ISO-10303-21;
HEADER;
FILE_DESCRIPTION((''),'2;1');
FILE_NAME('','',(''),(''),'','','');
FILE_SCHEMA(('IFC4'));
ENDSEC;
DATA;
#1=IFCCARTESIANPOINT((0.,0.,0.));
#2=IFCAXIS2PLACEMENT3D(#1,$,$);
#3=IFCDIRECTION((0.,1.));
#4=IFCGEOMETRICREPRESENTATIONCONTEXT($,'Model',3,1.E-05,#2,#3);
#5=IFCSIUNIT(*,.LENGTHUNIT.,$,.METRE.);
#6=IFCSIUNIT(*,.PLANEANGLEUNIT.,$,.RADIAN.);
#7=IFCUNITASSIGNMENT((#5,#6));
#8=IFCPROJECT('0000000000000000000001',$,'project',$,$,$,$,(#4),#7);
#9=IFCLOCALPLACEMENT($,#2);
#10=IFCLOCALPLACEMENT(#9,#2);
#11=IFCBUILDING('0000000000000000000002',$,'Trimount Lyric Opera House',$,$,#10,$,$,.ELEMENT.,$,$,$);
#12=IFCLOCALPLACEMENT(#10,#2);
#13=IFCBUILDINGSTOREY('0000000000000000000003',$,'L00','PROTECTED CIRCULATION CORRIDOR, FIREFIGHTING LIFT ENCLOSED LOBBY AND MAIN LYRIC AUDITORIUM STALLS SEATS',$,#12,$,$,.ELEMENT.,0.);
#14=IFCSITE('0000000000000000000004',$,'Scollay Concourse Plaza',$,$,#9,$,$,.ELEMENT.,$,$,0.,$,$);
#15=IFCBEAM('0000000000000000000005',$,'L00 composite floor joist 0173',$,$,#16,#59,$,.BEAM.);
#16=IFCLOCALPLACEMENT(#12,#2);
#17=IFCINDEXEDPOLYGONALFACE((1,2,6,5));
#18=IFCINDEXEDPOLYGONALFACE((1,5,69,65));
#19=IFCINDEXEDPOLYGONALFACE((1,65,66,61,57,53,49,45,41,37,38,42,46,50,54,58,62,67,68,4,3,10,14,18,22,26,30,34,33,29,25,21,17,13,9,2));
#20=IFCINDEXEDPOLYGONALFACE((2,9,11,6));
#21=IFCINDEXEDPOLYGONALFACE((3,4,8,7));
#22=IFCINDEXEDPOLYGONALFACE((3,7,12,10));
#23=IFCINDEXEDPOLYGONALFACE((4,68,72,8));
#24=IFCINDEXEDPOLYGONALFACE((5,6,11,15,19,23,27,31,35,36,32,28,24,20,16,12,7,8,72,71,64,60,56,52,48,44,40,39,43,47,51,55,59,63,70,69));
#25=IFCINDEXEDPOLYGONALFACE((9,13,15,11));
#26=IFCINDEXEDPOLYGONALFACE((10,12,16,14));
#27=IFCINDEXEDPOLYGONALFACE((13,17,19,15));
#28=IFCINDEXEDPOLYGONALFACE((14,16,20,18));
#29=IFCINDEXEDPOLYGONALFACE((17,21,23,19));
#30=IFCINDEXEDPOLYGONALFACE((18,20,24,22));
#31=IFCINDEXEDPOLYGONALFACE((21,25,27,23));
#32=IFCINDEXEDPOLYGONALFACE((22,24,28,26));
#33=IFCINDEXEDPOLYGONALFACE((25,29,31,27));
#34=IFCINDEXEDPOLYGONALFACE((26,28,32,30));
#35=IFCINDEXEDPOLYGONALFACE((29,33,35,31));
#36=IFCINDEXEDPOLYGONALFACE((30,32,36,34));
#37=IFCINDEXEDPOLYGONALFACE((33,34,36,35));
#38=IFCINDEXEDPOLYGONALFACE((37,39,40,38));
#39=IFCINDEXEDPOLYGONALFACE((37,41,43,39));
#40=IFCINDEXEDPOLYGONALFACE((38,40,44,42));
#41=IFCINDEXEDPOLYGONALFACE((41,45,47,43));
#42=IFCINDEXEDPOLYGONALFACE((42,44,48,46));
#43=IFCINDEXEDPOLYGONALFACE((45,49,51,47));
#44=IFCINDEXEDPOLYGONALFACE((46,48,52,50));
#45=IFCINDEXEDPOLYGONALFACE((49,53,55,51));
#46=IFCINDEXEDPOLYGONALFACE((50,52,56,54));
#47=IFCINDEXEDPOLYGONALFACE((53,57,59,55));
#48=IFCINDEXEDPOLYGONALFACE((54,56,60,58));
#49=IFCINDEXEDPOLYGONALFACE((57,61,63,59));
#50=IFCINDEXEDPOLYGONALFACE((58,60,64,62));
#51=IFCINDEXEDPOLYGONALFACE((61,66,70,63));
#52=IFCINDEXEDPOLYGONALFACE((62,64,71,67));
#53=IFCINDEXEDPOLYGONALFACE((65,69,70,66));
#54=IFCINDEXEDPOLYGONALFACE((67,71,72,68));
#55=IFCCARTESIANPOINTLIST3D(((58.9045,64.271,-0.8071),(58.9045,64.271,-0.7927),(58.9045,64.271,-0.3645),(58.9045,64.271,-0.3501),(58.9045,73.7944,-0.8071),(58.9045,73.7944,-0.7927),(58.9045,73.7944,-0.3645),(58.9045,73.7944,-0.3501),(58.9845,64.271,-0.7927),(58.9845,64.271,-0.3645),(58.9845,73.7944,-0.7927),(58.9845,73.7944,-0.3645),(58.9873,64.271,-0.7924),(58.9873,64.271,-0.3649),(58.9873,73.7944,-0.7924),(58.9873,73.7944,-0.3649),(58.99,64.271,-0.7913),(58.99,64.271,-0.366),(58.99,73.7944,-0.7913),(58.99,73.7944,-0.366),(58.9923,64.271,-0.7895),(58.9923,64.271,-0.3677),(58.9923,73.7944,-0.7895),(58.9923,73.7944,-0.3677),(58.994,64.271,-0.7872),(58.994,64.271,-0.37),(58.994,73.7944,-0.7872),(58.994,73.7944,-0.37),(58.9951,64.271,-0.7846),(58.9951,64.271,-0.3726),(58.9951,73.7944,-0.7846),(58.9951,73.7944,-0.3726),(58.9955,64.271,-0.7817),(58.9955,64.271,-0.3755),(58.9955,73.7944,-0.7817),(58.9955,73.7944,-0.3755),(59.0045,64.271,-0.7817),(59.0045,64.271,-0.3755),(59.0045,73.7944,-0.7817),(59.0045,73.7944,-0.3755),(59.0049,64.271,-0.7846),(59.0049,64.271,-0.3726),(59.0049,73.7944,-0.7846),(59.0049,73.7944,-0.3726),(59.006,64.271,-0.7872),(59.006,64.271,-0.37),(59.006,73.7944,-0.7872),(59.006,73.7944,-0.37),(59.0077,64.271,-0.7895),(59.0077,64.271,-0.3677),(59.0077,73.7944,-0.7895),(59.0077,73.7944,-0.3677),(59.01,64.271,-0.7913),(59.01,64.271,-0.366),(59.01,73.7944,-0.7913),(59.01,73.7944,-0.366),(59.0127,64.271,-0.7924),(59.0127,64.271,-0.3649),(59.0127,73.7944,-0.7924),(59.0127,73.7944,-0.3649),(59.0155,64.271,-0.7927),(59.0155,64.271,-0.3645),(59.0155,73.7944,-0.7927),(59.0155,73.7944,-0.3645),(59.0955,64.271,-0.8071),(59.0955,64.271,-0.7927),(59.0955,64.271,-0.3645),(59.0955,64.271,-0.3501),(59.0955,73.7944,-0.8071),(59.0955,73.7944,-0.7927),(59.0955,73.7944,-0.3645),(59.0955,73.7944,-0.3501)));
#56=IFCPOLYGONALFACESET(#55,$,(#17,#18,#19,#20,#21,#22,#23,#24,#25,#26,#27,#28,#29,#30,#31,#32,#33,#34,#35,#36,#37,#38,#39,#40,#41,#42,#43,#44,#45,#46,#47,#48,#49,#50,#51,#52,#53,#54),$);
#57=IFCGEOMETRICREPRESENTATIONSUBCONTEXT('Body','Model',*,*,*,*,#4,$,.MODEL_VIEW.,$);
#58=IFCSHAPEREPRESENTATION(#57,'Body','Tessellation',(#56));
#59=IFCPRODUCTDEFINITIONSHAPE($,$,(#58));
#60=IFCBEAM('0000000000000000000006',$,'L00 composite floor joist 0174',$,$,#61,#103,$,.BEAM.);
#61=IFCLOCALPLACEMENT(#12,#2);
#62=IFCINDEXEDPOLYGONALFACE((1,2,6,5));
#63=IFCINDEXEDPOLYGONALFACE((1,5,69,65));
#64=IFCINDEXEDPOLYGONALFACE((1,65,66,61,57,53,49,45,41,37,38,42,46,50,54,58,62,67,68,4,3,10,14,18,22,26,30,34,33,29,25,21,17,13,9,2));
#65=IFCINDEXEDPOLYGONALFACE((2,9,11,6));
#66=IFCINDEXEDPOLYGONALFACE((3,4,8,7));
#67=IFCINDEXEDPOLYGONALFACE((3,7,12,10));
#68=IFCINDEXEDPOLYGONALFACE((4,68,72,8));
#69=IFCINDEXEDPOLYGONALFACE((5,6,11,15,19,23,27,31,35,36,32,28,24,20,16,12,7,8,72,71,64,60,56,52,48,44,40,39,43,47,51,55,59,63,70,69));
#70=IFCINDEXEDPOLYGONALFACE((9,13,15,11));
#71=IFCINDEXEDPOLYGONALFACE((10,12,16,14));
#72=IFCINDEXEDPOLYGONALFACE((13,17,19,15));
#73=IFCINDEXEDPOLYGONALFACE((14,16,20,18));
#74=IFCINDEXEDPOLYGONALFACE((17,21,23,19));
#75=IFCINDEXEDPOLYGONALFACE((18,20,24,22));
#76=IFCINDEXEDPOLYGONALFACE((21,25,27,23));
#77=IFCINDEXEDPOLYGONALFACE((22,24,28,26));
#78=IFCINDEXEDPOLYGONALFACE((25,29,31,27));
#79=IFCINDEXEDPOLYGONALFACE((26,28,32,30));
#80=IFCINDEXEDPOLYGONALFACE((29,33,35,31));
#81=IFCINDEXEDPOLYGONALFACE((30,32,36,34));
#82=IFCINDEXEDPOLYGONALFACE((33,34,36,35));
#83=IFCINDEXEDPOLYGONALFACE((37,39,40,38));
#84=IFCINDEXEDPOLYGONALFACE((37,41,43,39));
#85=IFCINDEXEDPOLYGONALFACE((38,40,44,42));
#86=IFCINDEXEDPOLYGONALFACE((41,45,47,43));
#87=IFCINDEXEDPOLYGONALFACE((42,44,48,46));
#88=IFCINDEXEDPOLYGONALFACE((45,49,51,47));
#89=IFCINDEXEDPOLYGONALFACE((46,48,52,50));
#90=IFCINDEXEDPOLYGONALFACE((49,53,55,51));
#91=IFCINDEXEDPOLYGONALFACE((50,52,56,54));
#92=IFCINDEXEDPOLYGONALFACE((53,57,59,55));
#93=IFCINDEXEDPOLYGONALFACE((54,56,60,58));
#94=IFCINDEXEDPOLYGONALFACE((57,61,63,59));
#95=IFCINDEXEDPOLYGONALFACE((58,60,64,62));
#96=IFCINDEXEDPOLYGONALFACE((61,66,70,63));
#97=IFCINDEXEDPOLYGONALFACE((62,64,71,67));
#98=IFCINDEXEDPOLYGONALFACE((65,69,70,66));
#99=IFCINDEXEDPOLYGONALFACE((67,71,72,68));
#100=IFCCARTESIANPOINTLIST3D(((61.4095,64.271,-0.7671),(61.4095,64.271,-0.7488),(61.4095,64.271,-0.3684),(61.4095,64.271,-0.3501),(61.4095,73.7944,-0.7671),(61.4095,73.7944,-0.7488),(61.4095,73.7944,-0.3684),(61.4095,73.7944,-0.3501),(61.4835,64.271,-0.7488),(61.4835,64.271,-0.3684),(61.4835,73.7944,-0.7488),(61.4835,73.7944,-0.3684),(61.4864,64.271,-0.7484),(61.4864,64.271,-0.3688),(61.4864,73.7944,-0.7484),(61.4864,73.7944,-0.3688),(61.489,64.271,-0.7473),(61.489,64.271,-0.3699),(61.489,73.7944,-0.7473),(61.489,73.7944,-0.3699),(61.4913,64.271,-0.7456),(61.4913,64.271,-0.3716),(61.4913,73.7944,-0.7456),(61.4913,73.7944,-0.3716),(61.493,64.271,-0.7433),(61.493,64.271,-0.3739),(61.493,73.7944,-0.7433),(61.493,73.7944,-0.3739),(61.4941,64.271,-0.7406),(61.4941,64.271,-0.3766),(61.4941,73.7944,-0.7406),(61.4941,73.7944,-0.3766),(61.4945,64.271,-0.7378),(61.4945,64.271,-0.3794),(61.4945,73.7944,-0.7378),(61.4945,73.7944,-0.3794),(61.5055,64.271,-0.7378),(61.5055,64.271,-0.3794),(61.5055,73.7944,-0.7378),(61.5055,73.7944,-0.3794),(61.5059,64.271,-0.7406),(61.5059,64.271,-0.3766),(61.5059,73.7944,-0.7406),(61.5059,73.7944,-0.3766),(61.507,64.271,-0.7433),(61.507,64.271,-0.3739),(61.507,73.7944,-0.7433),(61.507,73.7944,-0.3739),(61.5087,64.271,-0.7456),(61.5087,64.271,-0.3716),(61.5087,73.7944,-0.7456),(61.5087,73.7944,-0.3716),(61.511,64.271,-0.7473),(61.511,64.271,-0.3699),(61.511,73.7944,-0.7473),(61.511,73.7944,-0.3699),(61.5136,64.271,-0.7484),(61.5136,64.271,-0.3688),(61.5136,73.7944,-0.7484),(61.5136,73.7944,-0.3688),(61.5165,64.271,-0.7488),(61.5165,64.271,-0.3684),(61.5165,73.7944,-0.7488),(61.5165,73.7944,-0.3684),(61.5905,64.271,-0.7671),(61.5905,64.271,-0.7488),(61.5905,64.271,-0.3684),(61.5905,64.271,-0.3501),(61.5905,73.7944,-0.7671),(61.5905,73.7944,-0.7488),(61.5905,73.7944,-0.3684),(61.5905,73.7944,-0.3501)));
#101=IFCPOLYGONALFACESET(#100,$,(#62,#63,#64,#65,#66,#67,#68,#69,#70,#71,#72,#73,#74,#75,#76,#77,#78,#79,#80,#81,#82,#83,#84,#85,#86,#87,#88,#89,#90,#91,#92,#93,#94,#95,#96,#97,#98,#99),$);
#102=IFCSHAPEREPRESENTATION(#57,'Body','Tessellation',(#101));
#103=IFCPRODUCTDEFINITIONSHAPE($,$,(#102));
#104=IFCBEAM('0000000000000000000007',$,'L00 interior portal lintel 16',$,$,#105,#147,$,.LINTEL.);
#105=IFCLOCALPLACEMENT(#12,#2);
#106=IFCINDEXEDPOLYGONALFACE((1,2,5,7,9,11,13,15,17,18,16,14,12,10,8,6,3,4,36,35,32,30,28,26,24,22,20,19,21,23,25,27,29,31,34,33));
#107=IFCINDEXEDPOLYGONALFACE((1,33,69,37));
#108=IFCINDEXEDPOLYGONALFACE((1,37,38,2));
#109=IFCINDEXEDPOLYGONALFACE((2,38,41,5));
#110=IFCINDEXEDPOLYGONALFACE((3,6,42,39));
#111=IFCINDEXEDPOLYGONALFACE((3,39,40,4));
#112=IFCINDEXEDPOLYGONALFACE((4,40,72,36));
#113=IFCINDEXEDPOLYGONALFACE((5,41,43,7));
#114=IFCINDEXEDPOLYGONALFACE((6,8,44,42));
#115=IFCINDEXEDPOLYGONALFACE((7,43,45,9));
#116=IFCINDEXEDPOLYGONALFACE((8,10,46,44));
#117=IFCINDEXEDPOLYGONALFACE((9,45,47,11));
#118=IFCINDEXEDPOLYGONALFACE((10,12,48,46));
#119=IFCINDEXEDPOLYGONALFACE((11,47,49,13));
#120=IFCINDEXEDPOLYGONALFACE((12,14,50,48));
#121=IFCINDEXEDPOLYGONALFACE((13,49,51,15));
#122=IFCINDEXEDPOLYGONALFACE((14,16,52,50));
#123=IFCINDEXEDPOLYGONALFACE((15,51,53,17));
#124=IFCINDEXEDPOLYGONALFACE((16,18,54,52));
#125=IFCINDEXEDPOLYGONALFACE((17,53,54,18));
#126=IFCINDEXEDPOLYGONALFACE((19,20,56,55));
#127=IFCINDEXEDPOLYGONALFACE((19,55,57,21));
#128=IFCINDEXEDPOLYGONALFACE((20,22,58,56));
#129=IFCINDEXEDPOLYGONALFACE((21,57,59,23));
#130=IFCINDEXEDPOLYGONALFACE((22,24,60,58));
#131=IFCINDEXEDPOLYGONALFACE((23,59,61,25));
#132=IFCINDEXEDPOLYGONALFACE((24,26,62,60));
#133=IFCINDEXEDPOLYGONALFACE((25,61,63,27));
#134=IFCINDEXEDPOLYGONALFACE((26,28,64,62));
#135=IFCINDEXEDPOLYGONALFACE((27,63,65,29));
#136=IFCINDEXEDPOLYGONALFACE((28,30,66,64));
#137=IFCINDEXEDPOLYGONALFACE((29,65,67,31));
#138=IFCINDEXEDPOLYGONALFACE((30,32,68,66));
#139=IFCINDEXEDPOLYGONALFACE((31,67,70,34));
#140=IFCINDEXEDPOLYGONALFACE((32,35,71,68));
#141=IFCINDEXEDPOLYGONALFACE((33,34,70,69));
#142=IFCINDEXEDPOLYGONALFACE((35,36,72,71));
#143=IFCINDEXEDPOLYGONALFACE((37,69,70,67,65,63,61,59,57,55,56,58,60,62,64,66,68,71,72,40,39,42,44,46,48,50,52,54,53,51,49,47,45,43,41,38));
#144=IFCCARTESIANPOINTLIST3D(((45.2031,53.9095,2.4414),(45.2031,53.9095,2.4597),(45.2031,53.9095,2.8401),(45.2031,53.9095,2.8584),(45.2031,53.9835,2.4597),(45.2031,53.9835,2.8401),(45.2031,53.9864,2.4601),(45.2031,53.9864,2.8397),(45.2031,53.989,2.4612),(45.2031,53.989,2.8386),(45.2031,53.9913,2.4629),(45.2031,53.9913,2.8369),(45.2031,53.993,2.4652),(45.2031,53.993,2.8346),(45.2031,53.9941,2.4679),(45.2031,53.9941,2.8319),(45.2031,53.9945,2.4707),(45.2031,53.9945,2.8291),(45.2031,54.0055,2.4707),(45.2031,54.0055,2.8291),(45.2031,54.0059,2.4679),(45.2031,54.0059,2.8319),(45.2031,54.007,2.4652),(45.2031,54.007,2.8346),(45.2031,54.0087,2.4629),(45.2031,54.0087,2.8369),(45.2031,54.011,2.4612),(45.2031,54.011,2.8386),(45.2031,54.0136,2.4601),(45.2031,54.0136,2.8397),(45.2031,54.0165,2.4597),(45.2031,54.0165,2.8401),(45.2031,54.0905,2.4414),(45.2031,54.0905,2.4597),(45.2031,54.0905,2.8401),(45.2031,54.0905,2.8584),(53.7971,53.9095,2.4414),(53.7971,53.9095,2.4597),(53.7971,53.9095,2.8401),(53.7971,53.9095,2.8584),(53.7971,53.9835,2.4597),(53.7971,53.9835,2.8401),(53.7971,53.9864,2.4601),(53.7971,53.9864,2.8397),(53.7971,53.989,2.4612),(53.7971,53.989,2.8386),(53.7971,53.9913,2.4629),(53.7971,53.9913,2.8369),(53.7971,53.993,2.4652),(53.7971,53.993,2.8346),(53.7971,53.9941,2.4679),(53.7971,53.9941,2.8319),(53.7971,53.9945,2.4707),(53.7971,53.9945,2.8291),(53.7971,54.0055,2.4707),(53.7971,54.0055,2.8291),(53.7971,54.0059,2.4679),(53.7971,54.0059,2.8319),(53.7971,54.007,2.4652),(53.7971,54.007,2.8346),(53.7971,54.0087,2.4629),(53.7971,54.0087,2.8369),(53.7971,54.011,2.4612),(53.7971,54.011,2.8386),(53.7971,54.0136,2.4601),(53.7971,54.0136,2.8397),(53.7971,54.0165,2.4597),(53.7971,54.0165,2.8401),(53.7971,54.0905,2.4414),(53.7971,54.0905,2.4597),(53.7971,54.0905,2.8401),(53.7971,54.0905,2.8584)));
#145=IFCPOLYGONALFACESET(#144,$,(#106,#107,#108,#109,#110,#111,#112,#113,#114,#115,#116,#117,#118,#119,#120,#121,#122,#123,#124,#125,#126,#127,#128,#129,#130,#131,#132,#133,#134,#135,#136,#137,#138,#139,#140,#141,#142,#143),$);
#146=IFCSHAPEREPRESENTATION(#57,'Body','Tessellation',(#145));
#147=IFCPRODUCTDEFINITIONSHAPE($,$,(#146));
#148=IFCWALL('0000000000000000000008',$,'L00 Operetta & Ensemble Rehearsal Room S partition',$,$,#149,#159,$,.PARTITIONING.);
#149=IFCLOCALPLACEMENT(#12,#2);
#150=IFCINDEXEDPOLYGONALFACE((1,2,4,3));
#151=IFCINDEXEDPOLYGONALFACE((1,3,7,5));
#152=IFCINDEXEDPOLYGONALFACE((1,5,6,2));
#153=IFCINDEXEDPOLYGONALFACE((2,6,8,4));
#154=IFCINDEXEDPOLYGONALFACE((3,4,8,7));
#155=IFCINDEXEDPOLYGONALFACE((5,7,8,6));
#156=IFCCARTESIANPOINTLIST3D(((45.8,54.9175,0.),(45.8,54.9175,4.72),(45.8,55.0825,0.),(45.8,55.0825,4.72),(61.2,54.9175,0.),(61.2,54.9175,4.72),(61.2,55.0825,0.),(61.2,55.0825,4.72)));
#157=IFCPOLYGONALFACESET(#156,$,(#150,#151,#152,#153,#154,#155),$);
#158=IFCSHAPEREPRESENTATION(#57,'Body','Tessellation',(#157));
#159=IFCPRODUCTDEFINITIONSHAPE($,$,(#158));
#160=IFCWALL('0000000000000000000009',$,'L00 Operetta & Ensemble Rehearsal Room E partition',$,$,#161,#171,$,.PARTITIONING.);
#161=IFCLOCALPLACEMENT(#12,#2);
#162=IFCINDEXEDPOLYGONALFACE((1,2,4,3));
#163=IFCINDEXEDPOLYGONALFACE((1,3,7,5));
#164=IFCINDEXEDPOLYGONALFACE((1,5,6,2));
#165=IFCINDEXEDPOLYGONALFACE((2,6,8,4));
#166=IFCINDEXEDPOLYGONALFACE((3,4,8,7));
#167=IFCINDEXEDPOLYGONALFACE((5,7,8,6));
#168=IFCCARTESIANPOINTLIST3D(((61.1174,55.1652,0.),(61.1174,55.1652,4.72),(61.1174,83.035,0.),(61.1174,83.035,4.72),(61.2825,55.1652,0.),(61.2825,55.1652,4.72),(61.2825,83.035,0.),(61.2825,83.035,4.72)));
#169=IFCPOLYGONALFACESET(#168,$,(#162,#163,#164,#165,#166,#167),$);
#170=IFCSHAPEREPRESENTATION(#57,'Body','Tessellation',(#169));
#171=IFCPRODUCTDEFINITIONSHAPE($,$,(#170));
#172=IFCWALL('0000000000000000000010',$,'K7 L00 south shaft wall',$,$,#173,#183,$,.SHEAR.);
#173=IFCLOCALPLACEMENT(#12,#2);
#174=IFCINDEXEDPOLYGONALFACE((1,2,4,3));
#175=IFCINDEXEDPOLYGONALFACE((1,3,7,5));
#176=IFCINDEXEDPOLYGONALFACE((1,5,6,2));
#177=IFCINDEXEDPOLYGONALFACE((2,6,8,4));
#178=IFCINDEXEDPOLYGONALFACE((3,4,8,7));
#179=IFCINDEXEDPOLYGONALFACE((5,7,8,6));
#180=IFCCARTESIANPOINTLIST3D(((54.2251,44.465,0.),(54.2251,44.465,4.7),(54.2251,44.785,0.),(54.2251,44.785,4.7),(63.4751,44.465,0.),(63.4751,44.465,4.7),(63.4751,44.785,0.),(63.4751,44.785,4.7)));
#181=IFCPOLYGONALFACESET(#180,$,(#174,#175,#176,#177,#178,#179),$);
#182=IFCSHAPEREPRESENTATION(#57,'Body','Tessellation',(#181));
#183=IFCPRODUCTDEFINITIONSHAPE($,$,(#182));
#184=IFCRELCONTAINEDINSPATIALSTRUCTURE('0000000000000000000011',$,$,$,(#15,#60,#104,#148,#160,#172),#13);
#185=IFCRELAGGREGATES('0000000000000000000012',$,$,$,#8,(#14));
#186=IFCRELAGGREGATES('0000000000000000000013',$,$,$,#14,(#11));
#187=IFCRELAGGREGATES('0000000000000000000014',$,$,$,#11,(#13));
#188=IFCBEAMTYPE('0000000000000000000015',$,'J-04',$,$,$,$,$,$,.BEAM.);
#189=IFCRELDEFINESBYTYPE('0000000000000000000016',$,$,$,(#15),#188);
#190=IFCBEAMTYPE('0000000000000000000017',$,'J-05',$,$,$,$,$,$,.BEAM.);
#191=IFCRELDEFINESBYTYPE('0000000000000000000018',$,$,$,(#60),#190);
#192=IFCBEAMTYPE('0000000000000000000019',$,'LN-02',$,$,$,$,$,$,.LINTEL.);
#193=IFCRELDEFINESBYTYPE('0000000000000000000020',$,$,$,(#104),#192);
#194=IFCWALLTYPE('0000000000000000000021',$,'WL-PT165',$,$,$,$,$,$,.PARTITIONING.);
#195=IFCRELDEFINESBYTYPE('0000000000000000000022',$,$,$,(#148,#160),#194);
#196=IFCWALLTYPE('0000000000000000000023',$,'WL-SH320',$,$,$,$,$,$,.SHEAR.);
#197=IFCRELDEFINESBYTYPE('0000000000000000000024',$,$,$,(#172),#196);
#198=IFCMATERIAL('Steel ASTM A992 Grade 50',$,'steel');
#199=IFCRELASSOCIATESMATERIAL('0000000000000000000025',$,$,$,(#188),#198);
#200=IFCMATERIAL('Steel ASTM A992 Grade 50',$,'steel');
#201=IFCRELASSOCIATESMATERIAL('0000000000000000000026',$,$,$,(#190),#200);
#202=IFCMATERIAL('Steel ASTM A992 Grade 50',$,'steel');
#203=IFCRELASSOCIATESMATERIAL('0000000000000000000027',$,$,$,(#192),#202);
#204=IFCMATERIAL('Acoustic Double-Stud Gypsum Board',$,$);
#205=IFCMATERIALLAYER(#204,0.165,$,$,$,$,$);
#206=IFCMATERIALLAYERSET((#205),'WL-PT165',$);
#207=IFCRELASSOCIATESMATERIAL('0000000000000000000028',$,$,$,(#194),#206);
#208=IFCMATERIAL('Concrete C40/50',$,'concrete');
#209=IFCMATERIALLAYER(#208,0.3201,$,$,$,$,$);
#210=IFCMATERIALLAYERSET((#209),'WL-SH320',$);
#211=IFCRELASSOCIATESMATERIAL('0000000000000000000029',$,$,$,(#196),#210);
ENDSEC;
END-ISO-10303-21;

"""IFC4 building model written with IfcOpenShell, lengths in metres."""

from ifc_helpers import new_model, si_unit, direction, frame, frame_2d, origin, origin_2d, place, context, subcontext, project, spatial, rectangle, i_section, extrude, material, layer, layer_set, material_profile, profile_set, type_object, element, save


model = new_model("IFC4")

# Units and contexts
model_context = context("Model", 3, precision=1e-05, world=origin(), true_north=direction((0.0, 1.0)))
body_context = subcontext(model_context, "Body", "Model", "MODEL_VIEW")
ifc_project = project(units=[si_unit("LENGTHUNIT", "METRE"), si_unit("PLANEANGLEUNIT", "RADIAN")], contexts=[model_context])

# Site, building, storey
site_placement = place(None, origin())
site = spatial("IfcSite", under=ifc_project, at=site_placement, Name="Scollay Concourse Plaza", CompositionType="ELEMENT", RefElevation=0.0)
building_placement = place(site_placement, origin())
building = spatial("IfcBuilding", under=site, at=building_placement, Name="Trimount Lyric Opera House", CompositionType="ELEMENT")
storey_placement = place(building_placement, origin())
storey = spatial("IfcBuildingStorey", under=building, at=storey_placement, Name="L00", Description="PROTECTED CIRCULATION CORRIDOR, FIREFIGHTING LIFT ENCLOSED LOBBY AND MAIN LYRIC AUDITORIUM STALLS SEATS", CompositionType="ELEMENT", Elevation=0.0)

# Beams
ifc_material_1 = material(Name="Steel ASTM A992 Grade 50", Category="steel")
ifc_material_profile_1 = material_profile(ifc_material_1, i_section(OverallWidth=0.1909, OverallDepth=0.457, WebThickness=0.009, FlangeThickness=0.0144, FilletRadius=0.011, at=origin_2d()), Name="W18X50")
ifc_profile_set_1 = profile_set([ifc_material_profile_1], Name="Steel ASTM A992 Grade 50")
beam_type_1 = type_object("IfcBeamType", Name="J-04", PredefinedType="BEAM", material=ifc_profile_set_1)
beam_1_placement = place(storey_placement, frame((59.0, 64.271, -0.5786), z_axis=(0.0, 1.0, 0.0), x_axis=(-1.0, 0.0, 0.0)))
element("IfcBeam", 1, at=beam_1_placement, inside=storey, type_object=beam_type_1, Name="L00 composite floor joist 0173", PredefinedType="BEAM", context=body_context, shape_type="SweptSolid", body=[
    extrude(i_section(OverallWidth=0.1909, OverallDepth=0.457, WebThickness=0.009, FlangeThickness=0.0144, FilletRadius=0.011, at=origin_2d()), origin(), (0.0, 0.0, 1.0), 9.5234),
])
ifc_material_2 = material(Name="Steel ASTM A992 Grade 50", Category="steel")
ifc_material_profile_2 = material_profile(ifc_material_2, i_section(OverallWidth=0.1809, OverallDepth=0.417, WebThickness=0.011, FlangeThickness=0.0183, FilletRadius=0.011, at=origin_2d()), Name="W16X57")
ifc_profile_set_2 = profile_set([ifc_material_profile_2], Name="Steel ASTM A992 Grade 50")
beam_type_2 = type_object("IfcBeamType", Name="J-05", PredefinedType="BEAM", material=ifc_profile_set_2)
beam_2_placement = place(storey_placement, frame((61.5, 64.271, -0.5586), z_axis=(0.0, 1.0, 0.0), x_axis=(-1.0, 0.0, 0.0)))
element("IfcBeam", 2, at=beam_2_placement, inside=storey, type_object=beam_type_2, Name="L00 composite floor joist 0174", PredefinedType="BEAM", context=body_context, shape_type="SweptSolid", body=[
    extrude(i_section(OverallWidth=0.1809, OverallDepth=0.417, WebThickness=0.011, FlangeThickness=0.0183, FilletRadius=0.011, at=origin_2d()), origin(), (0.0, 0.0, 1.0), 9.5234),
])
ifc_material_3 = material(Name="Steel ASTM A992 Grade 50", Category="steel")
ifc_material_profile_3 = material_profile(ifc_material_3, i_section(OverallWidth=0.1809, OverallDepth=0.417, WebThickness=0.011, FlangeThickness=0.0183, FilletRadius=0.011, at=origin_2d()), Name="W16X57")
ifc_profile_set_3 = profile_set([ifc_material_profile_3], Name="Steel ASTM A992 Grade 50")
beam_type_3 = type_object("IfcBeamType", Name="LN-02", PredefinedType="LINTEL", material=ifc_profile_set_3)
beam_3_placement = place(storey_placement, frame((45.2031, 54.0, 2.6499), z_axis=(1.0, 0.0, 0.0), x_axis=(0.0, 1.0, 0.0)))
element("IfcBeam", 3, at=beam_3_placement, inside=storey, type_object=beam_type_3, Name="L00 interior portal lintel 16", PredefinedType="LINTEL", context=body_context, shape_type="SweptSolid", body=[
    extrude(i_section(OverallWidth=0.1809, OverallDepth=0.417, WebThickness=0.011, FlangeThickness=0.0183, FilletRadius=0.011, at=origin_2d()), origin(), (0.0, 0.0, 1.0), 8.594),
])

# Walls
ifc_material_4 = material(Name="Acoustic Double-Stud Gypsum Board")
ifc_layer_1 = layer(ifc_material_4, 0.165)
ifc_layer_set_1 = layer_set([ifc_layer_1], Name="WL-PT165")
wall_type_1 = type_object("IfcWallType", Name="WL-PT165", PredefinedType="PARTITIONING", material=ifc_layer_set_1)
wall_1_placement = place(storey_placement, frame((45.8, 55.0, 0.0), z_axis=(0.0, 0.0, 1.0), x_axis=(1.0, 0.0, 0.0)))
element("IfcWall", 4, at=wall_1_placement, inside=storey, type_object=wall_type_1, Name="L00 Operetta & Ensemble Rehearsal Room S partition", PredefinedType="PARTITIONING", context=body_context, shape_type="SweptSolid", body=[
    extrude(rectangle(XDim=15.3999, YDim=0.165, at=frame_2d((7.7, 0.0))), origin(), (0.0, 0.0, 1.0), 4.72),
])
wall_2_placement = place(storey_placement, frame((61.2, 55.165, 0.0), z_axis=(0.0, 0.0, 1.0), x_axis=(0.0, 1.0, 0.0)))
element("IfcWall", 5, at=wall_2_placement, inside=storey, type_object=wall_type_1, Name="L00 Operetta & Ensemble Rehearsal Room E partition", PredefinedType="PARTITIONING", context=body_context, shape_type="SweptSolid", body=[
    extrude(rectangle(XDim=27.8699, YDim=0.165, at=frame_2d((13.9351, 0.0))), origin(), (0.0, 0.0, 1.0), 4.72),
])
ifc_material_5 = material(Name="Concrete C40/50", Category="concrete")
ifc_layer_2 = layer(ifc_material_5, 0.3201)
ifc_layer_set_2 = layer_set([ifc_layer_2], Name="WL-SH320")
wall_type_2 = type_object("IfcWallType", Name="WL-SH320", PredefinedType="SHEAR", material=ifc_layer_set_2)
wall_3_placement = place(storey_placement, frame((54.2251, 44.625, 0.0), z_axis=(0.0, 0.0, 1.0), x_axis=(1.0, 0.0, 0.0)))
element("IfcWall", 6, at=wall_3_placement, inside=storey, type_object=wall_type_2, Name="K7 L00 south shaft wall", PredefinedType="SHEAR", context=body_context, shape_type="SweptSolid", body=[
    extrude(rectangle(XDim=9.25, YDim=0.3201, at=frame_2d((4.625, 0.0))), origin(), (0.0, 0.0, 1.0), 4.7),
])

save(model, "model.ifc")
